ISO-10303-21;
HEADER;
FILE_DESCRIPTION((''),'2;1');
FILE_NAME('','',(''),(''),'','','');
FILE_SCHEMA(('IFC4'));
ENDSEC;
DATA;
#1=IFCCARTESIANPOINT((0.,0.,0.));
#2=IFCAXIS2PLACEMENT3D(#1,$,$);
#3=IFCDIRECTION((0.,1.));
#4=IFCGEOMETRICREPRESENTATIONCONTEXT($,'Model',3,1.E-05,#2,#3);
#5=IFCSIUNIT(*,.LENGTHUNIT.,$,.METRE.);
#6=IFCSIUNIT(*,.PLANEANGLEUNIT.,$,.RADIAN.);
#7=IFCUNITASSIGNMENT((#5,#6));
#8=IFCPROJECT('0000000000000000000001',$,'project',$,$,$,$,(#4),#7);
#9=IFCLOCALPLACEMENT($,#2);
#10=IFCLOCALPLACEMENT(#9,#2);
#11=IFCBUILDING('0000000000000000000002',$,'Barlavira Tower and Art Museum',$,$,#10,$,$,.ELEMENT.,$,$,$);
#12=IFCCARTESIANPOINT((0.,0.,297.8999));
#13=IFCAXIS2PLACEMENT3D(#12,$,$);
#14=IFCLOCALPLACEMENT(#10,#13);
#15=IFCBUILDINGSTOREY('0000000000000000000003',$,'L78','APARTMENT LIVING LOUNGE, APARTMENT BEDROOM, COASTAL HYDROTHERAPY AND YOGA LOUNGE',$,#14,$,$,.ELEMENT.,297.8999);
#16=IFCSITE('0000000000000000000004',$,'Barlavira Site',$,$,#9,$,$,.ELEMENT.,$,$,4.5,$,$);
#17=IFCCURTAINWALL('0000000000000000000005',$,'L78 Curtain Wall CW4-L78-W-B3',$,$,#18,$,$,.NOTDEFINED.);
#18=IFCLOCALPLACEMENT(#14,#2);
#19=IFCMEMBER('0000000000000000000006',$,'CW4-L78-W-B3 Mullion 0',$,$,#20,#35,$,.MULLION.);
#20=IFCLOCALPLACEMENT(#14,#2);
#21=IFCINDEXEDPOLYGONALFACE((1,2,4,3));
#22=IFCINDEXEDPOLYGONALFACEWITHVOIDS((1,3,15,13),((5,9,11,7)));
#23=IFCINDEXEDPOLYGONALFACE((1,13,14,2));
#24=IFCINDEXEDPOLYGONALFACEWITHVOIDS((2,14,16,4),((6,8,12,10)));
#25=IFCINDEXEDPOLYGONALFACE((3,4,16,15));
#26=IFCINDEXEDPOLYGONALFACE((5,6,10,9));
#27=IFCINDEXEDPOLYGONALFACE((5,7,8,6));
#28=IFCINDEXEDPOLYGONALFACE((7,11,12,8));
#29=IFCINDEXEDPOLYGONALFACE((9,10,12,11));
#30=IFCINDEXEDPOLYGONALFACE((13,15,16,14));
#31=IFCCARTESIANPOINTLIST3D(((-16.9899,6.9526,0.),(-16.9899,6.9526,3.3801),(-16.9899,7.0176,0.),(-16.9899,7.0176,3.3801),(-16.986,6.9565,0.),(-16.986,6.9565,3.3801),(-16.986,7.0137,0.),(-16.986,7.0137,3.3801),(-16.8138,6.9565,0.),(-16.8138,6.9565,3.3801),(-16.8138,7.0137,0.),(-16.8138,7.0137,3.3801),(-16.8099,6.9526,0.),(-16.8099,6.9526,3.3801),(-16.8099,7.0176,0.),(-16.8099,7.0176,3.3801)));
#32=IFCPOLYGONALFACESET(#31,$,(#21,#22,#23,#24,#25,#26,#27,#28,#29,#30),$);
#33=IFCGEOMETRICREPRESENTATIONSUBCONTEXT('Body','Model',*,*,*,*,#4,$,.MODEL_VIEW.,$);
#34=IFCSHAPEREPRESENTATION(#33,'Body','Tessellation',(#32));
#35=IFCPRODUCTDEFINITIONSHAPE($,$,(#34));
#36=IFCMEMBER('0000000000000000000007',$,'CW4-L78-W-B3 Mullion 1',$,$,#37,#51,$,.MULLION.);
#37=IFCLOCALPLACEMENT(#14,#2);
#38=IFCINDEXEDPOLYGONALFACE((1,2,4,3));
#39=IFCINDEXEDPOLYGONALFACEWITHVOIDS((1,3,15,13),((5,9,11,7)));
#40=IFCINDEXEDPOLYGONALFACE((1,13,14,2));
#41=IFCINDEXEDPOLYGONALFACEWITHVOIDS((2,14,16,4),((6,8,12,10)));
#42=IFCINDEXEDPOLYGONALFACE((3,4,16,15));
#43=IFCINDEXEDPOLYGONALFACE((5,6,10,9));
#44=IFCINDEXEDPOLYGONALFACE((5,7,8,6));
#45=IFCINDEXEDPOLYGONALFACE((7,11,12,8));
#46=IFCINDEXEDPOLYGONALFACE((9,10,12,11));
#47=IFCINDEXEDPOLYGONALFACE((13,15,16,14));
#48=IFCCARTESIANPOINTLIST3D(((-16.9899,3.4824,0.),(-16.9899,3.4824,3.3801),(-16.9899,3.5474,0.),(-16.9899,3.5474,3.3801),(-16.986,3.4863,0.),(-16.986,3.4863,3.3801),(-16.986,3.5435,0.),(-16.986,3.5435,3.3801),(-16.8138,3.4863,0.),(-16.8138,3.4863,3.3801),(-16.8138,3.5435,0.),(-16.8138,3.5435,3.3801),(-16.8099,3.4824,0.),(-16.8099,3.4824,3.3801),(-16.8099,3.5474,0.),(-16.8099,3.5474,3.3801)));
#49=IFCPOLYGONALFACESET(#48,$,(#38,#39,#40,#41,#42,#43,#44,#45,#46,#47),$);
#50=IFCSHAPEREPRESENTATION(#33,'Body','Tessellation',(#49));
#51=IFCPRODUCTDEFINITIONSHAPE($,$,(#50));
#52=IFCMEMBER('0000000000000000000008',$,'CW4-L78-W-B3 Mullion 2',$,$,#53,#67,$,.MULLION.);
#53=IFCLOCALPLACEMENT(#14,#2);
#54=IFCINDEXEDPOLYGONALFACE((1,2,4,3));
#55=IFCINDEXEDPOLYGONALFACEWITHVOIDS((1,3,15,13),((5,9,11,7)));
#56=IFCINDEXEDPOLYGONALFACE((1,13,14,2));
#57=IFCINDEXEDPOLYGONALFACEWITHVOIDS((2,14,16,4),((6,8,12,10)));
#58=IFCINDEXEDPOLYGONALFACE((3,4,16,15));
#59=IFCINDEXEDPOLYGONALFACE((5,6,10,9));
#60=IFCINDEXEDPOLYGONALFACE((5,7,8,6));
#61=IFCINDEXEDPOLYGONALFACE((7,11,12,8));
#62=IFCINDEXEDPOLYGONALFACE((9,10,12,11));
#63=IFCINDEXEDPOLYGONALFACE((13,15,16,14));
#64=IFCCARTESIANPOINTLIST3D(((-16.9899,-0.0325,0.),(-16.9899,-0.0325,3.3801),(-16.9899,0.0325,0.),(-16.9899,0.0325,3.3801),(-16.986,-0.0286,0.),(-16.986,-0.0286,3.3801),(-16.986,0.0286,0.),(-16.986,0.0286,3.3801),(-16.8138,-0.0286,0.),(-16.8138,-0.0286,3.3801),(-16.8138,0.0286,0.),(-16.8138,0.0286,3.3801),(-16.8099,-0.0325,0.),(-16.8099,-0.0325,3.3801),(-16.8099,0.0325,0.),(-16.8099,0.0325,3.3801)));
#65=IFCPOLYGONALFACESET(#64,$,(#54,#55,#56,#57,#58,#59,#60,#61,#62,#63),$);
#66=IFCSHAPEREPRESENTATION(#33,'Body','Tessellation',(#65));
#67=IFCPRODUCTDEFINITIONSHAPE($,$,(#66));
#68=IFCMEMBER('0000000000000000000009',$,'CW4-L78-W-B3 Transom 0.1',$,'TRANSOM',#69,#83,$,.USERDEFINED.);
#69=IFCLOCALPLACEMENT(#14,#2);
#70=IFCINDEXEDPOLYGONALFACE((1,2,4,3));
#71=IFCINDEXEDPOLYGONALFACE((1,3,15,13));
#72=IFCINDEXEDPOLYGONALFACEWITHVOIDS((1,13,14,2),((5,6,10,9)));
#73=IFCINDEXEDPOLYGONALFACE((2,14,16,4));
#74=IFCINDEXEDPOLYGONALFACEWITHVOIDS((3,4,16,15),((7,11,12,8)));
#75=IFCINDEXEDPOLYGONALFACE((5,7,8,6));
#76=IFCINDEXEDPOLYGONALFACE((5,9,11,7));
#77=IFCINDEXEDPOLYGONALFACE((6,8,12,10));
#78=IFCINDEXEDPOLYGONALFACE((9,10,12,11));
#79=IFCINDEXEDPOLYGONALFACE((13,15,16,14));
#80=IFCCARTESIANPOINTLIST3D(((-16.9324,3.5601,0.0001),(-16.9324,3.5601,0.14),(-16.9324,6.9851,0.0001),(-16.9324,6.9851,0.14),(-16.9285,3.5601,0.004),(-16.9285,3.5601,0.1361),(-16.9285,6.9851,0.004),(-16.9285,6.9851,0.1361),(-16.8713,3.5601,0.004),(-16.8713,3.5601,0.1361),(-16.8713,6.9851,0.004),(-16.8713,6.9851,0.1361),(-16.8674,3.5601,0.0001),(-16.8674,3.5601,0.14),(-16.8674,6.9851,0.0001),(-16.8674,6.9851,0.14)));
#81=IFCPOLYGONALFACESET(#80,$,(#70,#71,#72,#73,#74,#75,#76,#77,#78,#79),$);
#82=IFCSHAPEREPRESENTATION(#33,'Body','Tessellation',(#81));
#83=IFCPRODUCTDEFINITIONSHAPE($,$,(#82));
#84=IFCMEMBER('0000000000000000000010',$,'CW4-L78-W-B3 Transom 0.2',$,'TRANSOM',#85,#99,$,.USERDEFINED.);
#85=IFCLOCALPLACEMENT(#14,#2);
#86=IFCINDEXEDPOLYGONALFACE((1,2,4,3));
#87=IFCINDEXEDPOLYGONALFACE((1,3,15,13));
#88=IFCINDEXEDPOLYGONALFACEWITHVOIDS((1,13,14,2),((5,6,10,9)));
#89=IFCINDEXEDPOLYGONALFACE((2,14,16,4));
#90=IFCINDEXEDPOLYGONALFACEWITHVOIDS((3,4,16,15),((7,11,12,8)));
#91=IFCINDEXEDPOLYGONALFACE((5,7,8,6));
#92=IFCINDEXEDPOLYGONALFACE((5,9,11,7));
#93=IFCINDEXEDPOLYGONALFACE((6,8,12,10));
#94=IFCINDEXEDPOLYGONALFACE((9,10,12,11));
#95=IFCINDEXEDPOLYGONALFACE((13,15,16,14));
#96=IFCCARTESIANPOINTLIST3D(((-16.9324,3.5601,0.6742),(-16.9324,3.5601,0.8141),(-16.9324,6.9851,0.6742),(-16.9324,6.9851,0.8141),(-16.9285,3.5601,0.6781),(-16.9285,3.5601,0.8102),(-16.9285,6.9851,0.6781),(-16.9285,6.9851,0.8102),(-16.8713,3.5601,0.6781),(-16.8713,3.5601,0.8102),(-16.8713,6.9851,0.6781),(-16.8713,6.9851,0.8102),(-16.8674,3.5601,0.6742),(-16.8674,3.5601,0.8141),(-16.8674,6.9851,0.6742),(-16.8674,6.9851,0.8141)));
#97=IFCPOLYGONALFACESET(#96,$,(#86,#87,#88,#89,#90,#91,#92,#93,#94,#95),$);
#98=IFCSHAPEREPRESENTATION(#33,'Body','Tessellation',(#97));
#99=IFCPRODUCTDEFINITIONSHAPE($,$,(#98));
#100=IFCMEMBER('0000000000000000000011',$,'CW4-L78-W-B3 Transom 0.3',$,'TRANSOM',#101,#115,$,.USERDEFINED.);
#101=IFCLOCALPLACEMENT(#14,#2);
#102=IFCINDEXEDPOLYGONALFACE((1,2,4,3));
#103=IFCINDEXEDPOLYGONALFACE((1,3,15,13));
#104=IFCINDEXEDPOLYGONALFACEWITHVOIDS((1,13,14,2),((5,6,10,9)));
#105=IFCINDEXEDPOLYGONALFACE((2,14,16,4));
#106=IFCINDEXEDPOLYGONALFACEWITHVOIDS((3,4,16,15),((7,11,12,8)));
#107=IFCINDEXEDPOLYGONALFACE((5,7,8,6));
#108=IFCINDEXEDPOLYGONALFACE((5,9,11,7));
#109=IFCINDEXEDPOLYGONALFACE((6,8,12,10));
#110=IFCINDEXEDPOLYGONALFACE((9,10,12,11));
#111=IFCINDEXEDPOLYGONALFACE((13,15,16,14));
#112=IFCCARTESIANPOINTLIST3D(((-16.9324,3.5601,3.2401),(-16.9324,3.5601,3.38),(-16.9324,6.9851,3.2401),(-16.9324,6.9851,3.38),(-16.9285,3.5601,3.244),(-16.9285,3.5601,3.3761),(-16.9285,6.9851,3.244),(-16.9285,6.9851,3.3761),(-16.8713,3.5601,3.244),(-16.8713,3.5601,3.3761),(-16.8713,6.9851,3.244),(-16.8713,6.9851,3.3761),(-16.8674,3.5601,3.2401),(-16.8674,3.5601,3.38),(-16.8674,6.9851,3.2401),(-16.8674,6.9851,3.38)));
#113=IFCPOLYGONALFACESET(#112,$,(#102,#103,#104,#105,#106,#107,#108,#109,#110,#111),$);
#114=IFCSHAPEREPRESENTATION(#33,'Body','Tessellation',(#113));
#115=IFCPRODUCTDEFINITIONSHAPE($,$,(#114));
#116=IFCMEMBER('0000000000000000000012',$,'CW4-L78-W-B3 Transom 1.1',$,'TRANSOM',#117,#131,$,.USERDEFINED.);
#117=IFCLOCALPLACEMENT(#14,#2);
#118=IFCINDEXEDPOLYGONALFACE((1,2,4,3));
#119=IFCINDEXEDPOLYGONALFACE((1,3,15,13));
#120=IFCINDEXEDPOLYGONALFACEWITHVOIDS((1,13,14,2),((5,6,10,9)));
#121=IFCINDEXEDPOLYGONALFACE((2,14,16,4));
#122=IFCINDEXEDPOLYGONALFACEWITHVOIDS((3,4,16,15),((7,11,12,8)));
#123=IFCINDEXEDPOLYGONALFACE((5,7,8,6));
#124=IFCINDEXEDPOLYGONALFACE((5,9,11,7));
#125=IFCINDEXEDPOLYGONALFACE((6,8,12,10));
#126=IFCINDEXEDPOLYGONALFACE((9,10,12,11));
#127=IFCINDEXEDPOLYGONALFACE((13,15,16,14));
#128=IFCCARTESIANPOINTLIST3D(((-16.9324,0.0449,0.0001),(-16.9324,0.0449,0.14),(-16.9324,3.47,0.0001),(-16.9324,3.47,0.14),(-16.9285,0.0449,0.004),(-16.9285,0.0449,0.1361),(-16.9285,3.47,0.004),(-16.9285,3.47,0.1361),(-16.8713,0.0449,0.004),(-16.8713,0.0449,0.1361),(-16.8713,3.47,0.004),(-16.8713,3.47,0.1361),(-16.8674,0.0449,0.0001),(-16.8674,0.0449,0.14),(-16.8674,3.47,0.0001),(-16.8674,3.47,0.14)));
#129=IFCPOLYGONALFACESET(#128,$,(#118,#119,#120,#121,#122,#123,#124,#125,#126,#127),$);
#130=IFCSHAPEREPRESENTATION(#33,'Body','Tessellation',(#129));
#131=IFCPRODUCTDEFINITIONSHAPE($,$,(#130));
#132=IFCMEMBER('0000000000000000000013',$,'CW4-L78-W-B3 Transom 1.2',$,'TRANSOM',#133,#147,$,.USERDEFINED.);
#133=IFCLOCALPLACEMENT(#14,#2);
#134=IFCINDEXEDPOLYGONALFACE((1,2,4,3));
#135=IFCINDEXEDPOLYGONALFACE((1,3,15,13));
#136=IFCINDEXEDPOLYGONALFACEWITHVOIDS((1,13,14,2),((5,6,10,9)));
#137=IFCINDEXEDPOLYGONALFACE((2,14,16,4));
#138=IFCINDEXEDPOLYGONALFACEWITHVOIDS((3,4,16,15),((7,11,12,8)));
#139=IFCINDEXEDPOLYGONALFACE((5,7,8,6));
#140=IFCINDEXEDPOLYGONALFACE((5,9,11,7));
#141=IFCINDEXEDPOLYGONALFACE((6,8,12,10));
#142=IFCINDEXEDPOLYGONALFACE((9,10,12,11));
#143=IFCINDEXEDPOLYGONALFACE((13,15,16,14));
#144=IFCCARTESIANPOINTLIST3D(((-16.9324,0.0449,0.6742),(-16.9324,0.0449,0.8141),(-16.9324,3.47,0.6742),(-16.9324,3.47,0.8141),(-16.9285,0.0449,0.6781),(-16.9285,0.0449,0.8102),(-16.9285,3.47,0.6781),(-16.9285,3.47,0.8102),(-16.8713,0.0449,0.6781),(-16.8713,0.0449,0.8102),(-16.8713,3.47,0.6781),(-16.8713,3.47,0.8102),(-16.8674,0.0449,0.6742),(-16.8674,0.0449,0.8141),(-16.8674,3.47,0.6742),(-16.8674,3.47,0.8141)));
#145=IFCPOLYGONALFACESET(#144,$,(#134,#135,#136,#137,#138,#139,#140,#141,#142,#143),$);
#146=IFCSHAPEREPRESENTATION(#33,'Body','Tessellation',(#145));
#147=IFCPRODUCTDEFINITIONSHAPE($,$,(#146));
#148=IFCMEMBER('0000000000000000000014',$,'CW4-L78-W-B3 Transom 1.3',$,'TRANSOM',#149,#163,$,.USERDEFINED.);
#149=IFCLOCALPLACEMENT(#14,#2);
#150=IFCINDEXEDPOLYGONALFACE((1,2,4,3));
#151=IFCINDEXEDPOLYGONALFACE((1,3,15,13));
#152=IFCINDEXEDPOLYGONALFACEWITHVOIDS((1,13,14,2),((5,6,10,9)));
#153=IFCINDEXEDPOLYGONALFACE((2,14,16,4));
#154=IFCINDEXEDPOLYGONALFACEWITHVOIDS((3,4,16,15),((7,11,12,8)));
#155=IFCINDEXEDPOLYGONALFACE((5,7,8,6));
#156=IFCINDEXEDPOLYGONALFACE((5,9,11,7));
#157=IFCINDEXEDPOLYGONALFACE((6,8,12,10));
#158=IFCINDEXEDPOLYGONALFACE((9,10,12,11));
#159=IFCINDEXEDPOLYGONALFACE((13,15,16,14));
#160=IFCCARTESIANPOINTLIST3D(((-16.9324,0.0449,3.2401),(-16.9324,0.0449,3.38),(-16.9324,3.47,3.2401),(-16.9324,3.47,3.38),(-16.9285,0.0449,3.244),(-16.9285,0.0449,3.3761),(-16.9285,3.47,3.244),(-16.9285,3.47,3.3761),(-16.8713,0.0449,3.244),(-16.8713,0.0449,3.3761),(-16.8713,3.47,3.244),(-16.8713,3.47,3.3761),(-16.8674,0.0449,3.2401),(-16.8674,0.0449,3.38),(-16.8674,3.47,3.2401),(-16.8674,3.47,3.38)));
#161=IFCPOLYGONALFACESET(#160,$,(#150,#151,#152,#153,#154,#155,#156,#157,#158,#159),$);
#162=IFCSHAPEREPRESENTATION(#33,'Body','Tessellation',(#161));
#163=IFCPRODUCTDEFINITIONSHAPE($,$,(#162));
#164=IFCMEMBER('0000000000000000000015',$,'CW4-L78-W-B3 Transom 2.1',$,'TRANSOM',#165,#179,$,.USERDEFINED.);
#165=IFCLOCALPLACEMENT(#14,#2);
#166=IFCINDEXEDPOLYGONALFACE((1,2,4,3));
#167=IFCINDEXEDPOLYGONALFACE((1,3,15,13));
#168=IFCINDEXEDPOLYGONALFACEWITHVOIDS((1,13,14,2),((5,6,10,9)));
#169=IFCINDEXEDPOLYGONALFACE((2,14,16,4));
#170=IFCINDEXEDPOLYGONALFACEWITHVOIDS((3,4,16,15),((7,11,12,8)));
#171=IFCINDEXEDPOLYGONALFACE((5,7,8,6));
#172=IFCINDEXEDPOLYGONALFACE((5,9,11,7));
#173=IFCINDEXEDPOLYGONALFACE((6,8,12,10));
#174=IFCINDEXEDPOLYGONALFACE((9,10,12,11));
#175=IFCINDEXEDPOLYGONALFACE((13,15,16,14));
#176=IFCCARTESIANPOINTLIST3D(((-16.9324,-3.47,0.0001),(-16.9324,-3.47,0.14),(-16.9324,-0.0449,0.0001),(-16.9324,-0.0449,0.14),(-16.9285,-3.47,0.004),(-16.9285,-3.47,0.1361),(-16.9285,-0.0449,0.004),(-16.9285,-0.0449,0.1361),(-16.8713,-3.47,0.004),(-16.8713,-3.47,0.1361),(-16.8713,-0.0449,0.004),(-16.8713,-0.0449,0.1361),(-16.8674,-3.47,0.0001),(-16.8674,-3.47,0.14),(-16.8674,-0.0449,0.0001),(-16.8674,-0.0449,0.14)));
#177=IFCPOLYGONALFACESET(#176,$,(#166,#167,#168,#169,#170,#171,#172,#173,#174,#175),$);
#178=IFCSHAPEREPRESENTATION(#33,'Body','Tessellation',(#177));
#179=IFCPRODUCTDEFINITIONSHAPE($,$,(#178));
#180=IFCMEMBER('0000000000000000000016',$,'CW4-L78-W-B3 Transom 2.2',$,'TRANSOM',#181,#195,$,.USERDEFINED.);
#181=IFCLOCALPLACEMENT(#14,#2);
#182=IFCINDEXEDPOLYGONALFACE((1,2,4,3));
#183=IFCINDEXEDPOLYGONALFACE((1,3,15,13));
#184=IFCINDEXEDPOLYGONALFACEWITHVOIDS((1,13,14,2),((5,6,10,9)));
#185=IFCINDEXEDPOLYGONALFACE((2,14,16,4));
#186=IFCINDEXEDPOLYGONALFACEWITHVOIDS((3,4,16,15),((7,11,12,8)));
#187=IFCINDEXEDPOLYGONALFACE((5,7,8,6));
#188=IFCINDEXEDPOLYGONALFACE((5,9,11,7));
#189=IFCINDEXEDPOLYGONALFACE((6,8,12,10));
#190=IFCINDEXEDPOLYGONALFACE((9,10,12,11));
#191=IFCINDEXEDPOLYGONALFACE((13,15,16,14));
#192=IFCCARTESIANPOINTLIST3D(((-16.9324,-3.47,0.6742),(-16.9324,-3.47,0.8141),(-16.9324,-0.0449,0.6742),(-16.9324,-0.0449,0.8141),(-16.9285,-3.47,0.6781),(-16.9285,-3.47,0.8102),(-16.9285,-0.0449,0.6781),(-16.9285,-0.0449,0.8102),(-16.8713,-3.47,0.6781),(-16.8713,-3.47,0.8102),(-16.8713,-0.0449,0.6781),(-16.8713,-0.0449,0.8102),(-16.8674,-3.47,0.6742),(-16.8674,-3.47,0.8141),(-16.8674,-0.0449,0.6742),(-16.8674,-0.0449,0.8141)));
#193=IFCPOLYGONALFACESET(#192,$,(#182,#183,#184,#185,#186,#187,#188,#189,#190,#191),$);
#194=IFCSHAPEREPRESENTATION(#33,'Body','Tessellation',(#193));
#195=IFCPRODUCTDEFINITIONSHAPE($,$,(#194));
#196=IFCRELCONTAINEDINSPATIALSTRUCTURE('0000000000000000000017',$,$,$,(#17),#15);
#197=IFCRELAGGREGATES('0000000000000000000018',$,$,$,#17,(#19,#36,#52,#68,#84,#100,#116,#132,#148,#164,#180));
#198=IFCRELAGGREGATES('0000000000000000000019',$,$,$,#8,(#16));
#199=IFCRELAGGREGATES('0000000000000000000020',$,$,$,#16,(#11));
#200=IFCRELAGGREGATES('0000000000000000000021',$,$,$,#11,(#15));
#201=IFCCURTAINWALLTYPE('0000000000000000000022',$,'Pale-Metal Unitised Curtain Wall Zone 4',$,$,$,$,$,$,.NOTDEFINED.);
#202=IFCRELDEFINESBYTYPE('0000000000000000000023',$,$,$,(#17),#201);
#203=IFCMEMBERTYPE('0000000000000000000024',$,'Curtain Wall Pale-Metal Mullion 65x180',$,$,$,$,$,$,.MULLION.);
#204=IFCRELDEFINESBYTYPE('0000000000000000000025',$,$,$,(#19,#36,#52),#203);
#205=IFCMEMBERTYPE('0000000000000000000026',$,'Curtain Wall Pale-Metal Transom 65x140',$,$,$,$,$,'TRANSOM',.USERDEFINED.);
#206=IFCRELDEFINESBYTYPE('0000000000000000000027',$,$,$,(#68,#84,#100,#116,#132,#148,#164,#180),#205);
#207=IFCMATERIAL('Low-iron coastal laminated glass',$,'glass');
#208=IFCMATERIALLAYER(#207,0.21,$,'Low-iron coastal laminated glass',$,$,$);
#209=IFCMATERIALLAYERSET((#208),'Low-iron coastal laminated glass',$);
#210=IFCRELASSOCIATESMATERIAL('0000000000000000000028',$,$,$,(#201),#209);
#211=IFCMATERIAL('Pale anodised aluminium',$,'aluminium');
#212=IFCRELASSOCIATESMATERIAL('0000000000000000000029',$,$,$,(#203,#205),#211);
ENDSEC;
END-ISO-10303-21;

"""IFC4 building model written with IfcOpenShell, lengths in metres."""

from ifc_helpers import new_model, si_unit, direction, frame, origin, origin_2d, place, context, subcontext, project, spatial, hollow_rectangle, extrude, material, layer, layer_set, material_profile, profile_set, type_object, element, aggregate, save


model = new_model("IFC4")

# Units and contexts
model_context = context("Model", 3, precision=1e-05, world=origin(), true_north=direction((0.0, 1.0)))
body_context = subcontext(model_context, "Body", "Model", "MODEL_VIEW")
ifc_project = project(units=[si_unit("LENGTHUNIT", "METRE"), si_unit("PLANEANGLEUNIT", "RADIAN")], contexts=[model_context])

# Site, building, storey
site_placement = place(None, origin())
site = spatial("IfcSite", under=ifc_project, at=site_placement, Name="Barlavira Site", CompositionType="ELEMENT", RefElevation=4.5)
building_placement = place(site_placement, origin())
building = spatial("IfcBuilding", under=site, at=building_placement, Name="Barlavira Tower and Art Museum", CompositionType="ELEMENT")
storey_placement = place(building_placement, frame((0.0, 0.0, 297.8999)))
storey = spatial("IfcBuildingStorey", under=building, at=storey_placement, Name="L78", Description="APARTMENT LIVING LOUNGE, APARTMENT BEDROOM, COASTAL HYDROTHERAPY AND YOGA LOUNGE", CompositionType="ELEMENT", Elevation=297.8999)

# Curtain wall, members
ifc_material_1 = material(Name="Low-iron coastal laminated glass", Category="glass")
ifc_layer_1 = layer(ifc_material_1, 0.21, Name="Low-iron coastal laminated glass")
ifc_layer_set_1 = layer_set([ifc_layer_1], Name="Low-iron coastal laminated glass")
curtain_wall_type = type_object("IfcCurtainWallType", Name="Pale-Metal Unitised Curtain Wall Zone 4", PredefinedType="NOTDEFINED", material=ifc_layer_set_1)
curtain_wall_placement = place(storey_placement, origin())
curtain_wall = element("IfcCurtainWall", 1, at=curtain_wall_placement, inside=storey, type_object=curtain_wall_type, Name="L78 Curtain Wall CW4-L78-W-B3", PredefinedType="NOTDEFINED")
ifc_material_2 = material(Name="Pale anodised aluminium", Category="aluminium")
ifc_material_profile_1 = material_profile(ifc_material_2, hollow_rectangle(XDim=0.0649, YDim=0.1799, WallThickness=0.0039, at=origin_2d()), Name="ALU-MULL 65x180x4")
ifc_profile_set_1 = profile_set([ifc_material_profile_1], Name="Pale anodised aluminium")
member_type_1 = type_object("IfcMemberType", Name="Curtain Wall Pale-Metal Mullion 65x180", PredefinedType="MULLION", material=ifc_profile_set_1)
member_1_placement = place(storey_placement, frame((-16.8999, 6.9851, 0.0), z_axis=(0.0, 0.0, 1.0), x_axis=(0.0, -1.0, 0.0)))
member_1 = element("IfcMember", 2, at=member_1_placement, type_object=member_type_1, Name="CW4-L78-W-B3 Mullion 0", PredefinedType="MULLION", context=body_context, shape_type="SweptSolid", body=[
    extrude(hollow_rectangle(XDim=0.0649, YDim=0.1799, WallThickness=0.0039, at=origin_2d()), origin(), (0.0, 0.0, 1.0), 3.3801),
])
member_2_placement = place(storey_placement, frame((-16.8999, 3.5149, 0.0), z_axis=(0.0, 0.0, 1.0), x_axis=(0.0, -1.0, 0.0)))
member_2 = element("IfcMember", 3, at=member_2_placement, type_object=member_type_1, Name="CW4-L78-W-B3 Mullion 1", PredefinedType="MULLION", context=body_context, shape_type="SweptSolid", body=[
    extrude(hollow_rectangle(XDim=0.0649, YDim=0.1799, WallThickness=0.0039, at=origin_2d()), origin(), (0.0, 0.0, 1.0), 3.3801),
])
member_3_placement = place(storey_placement, frame((-16.8999, 0.0, 0.0), z_axis=(0.0, 0.0, 1.0), x_axis=(0.0, -1.0, 0.0)))
member_3 = element("IfcMember", 4, at=member_3_placement, type_object=member_type_1, Name="CW4-L78-W-B3 Mullion 2", PredefinedType="MULLION", context=body_context, shape_type="SweptSolid", body=[
    extrude(hollow_rectangle(XDim=0.0649, YDim=0.1799, WallThickness=0.0039, at=origin_2d()), origin(), (0.0, 0.0, 1.0), 3.3801),
])
ifc_material_profile_2 = material_profile(ifc_material_2, hollow_rectangle(XDim=0.0649, YDim=0.1399, WallThickness=0.0039, at=origin_2d()), Name="ALU-TRAN 65x140x4")
ifc_profile_set_2 = profile_set([ifc_material_profile_2], Name="Pale anodised aluminium")
member_type_2 = type_object("IfcMemberType", Name="Curtain Wall Pale-Metal Transom 65x140", ElementType="TRANSOM", PredefinedType="USERDEFINED", material=ifc_profile_set_2)
member_4_placement = place(storey_placement, frame((-16.8999, 6.9851, 0.0701), z_axis=(0.0, -1.0, 0.0), x_axis=(1.0, 0.0, 0.0)))
member_4 = element("IfcMember", 5, at=member_4_placement, type_object=member_type_2, Name="CW4-L78-W-B3 Transom 0.1", ObjectType="TRANSOM", PredefinedType="USERDEFINED", context=body_context, shape_type="SweptSolid", body=[
    extrude(hollow_rectangle(XDim=0.0649, YDim=0.1399, WallThickness=0.0039, at=origin_2d()), origin(), (0.0, 0.0, 1.0), 3.425),
])
member_5_placement = place(storey_placement, frame((-16.8999, 6.9851, 0.7441), z_axis=(0.0, -1.0, 0.0), x_axis=(1.0, 0.0, 0.0)))
member_5 = element("IfcMember", 6, at=member_5_placement, type_object=member_type_2, Name="CW4-L78-W-B3 Transom 0.2", ObjectType="TRANSOM", PredefinedType="USERDEFINED", context=body_context, shape_type="SweptSolid", body=[
    extrude(hollow_rectangle(XDim=0.0649, YDim=0.1399, WallThickness=0.0039, at=origin_2d()), origin(), (0.0, 0.0, 1.0), 3.425),
])
member_6_placement = place(storey_placement, frame((-16.8999, 6.9851, 3.3101), z_axis=(0.0, -1.0, 0.0), x_axis=(1.0, 0.0, 0.0)))
member_6 = element("IfcMember", 7, at=member_6_placement, type_object=member_type_2, Name="CW4-L78-W-B3 Transom 0.3", ObjectType="TRANSOM", PredefinedType="USERDEFINED", context=body_context, shape_type="SweptSolid", body=[
    extrude(hollow_rectangle(XDim=0.0649, YDim=0.1399, WallThickness=0.0039, at=origin_2d()), origin(), (0.0, 0.0, 1.0), 3.425),
])
member_7_placement = place(storey_placement, frame((-16.8999, 3.47, 0.0701), z_axis=(0.0, -1.0, 0.0), x_axis=(1.0, 0.0, 0.0)))
member_7 = element("IfcMember", 8, at=member_7_placement, type_object=member_type_2, Name="CW4-L78-W-B3 Transom 1.1", ObjectType="TRANSOM", PredefinedType="USERDEFINED", context=body_context, shape_type="SweptSolid", body=[
    extrude(hollow_rectangle(XDim=0.0649, YDim=0.1399, WallThickness=0.0039, at=origin_2d()), origin(), (0.0, 0.0, 1.0), 3.425),
])
member_8_placement = place(storey_placement, frame((-16.8999, 3.47, 0.7441), z_axis=(0.0, -1.0, 0.0), x_axis=(1.0, 0.0, 0.0)))
member_8 = element("IfcMember", 9, at=member_8_placement, type_object=member_type_2, Name="CW4-L78-W-B3 Transom 1.2", ObjectType="TRANSOM", PredefinedType="USERDEFINED", context=body_context, shape_type="SweptSolid", body=[
    extrude(hollow_rectangle(XDim=0.0649, YDim=0.1399, WallThickness=0.0039, at=origin_2d()), origin(), (0.0, 0.0, 1.0), 3.425),
])
member_9_placement = place(storey_placement, frame((-16.8999, 3.47, 3.3101), z_axis=(0.0, -1.0, 0.0), x_axis=(1.0, 0.0, 0.0)))
member_9 = element("IfcMember", 10, at=member_9_placement, type_object=member_type_2, Name="CW4-L78-W-B3 Transom 1.3", ObjectType="TRANSOM", PredefinedType="USERDEFINED", context=body_context, shape_type="SweptSolid", body=[
    extrude(hollow_rectangle(XDim=0.0649, YDim=0.1399, WallThickness=0.0039, at=origin_2d()), origin(), (0.0, 0.0, 1.0), 3.425),
])
member_10_placement = place(storey_placement, frame((-16.8999, -0.0449, 0.0701), z_axis=(0.0, -1.0, 0.0), x_axis=(1.0, 0.0, 0.0)))
member_10 = element("IfcMember", 11, at=member_10_placement, type_object=member_type_2, Name="CW4-L78-W-B3 Transom 2.1", ObjectType="TRANSOM", PredefinedType="USERDEFINED", context=body_context, shape_type="SweptSolid", body=[
    extrude(hollow_rectangle(XDim=0.0649, YDim=0.1399, WallThickness=0.0039, at=origin_2d()), origin(), (0.0, 0.0, 1.0), 3.425),
])
member_11_placement = place(storey_placement, frame((-16.8999, -0.0449, 0.7441), z_axis=(0.0, -1.0, 0.0), x_axis=(1.0, 0.0, 0.0)))
member_11 = element("IfcMember", 12, at=member_11_placement, type_object=member_type_2, Name="CW4-L78-W-B3 Transom 2.2", ObjectType="TRANSOM", PredefinedType="USERDEFINED", context=body_context, shape_type="SweptSolid", body=[
    extrude(hollow_rectangle(XDim=0.0649, YDim=0.1399, WallThickness=0.0039, at=origin_2d()), origin(), (0.0, 0.0, 1.0), 3.425),
])
aggregate(curtain_wall, [member_1, member_2, member_3, member_4, member_5, member_6, member_7, member_8, member_9, member_10, member_11])

save(model, "model.ifc")
